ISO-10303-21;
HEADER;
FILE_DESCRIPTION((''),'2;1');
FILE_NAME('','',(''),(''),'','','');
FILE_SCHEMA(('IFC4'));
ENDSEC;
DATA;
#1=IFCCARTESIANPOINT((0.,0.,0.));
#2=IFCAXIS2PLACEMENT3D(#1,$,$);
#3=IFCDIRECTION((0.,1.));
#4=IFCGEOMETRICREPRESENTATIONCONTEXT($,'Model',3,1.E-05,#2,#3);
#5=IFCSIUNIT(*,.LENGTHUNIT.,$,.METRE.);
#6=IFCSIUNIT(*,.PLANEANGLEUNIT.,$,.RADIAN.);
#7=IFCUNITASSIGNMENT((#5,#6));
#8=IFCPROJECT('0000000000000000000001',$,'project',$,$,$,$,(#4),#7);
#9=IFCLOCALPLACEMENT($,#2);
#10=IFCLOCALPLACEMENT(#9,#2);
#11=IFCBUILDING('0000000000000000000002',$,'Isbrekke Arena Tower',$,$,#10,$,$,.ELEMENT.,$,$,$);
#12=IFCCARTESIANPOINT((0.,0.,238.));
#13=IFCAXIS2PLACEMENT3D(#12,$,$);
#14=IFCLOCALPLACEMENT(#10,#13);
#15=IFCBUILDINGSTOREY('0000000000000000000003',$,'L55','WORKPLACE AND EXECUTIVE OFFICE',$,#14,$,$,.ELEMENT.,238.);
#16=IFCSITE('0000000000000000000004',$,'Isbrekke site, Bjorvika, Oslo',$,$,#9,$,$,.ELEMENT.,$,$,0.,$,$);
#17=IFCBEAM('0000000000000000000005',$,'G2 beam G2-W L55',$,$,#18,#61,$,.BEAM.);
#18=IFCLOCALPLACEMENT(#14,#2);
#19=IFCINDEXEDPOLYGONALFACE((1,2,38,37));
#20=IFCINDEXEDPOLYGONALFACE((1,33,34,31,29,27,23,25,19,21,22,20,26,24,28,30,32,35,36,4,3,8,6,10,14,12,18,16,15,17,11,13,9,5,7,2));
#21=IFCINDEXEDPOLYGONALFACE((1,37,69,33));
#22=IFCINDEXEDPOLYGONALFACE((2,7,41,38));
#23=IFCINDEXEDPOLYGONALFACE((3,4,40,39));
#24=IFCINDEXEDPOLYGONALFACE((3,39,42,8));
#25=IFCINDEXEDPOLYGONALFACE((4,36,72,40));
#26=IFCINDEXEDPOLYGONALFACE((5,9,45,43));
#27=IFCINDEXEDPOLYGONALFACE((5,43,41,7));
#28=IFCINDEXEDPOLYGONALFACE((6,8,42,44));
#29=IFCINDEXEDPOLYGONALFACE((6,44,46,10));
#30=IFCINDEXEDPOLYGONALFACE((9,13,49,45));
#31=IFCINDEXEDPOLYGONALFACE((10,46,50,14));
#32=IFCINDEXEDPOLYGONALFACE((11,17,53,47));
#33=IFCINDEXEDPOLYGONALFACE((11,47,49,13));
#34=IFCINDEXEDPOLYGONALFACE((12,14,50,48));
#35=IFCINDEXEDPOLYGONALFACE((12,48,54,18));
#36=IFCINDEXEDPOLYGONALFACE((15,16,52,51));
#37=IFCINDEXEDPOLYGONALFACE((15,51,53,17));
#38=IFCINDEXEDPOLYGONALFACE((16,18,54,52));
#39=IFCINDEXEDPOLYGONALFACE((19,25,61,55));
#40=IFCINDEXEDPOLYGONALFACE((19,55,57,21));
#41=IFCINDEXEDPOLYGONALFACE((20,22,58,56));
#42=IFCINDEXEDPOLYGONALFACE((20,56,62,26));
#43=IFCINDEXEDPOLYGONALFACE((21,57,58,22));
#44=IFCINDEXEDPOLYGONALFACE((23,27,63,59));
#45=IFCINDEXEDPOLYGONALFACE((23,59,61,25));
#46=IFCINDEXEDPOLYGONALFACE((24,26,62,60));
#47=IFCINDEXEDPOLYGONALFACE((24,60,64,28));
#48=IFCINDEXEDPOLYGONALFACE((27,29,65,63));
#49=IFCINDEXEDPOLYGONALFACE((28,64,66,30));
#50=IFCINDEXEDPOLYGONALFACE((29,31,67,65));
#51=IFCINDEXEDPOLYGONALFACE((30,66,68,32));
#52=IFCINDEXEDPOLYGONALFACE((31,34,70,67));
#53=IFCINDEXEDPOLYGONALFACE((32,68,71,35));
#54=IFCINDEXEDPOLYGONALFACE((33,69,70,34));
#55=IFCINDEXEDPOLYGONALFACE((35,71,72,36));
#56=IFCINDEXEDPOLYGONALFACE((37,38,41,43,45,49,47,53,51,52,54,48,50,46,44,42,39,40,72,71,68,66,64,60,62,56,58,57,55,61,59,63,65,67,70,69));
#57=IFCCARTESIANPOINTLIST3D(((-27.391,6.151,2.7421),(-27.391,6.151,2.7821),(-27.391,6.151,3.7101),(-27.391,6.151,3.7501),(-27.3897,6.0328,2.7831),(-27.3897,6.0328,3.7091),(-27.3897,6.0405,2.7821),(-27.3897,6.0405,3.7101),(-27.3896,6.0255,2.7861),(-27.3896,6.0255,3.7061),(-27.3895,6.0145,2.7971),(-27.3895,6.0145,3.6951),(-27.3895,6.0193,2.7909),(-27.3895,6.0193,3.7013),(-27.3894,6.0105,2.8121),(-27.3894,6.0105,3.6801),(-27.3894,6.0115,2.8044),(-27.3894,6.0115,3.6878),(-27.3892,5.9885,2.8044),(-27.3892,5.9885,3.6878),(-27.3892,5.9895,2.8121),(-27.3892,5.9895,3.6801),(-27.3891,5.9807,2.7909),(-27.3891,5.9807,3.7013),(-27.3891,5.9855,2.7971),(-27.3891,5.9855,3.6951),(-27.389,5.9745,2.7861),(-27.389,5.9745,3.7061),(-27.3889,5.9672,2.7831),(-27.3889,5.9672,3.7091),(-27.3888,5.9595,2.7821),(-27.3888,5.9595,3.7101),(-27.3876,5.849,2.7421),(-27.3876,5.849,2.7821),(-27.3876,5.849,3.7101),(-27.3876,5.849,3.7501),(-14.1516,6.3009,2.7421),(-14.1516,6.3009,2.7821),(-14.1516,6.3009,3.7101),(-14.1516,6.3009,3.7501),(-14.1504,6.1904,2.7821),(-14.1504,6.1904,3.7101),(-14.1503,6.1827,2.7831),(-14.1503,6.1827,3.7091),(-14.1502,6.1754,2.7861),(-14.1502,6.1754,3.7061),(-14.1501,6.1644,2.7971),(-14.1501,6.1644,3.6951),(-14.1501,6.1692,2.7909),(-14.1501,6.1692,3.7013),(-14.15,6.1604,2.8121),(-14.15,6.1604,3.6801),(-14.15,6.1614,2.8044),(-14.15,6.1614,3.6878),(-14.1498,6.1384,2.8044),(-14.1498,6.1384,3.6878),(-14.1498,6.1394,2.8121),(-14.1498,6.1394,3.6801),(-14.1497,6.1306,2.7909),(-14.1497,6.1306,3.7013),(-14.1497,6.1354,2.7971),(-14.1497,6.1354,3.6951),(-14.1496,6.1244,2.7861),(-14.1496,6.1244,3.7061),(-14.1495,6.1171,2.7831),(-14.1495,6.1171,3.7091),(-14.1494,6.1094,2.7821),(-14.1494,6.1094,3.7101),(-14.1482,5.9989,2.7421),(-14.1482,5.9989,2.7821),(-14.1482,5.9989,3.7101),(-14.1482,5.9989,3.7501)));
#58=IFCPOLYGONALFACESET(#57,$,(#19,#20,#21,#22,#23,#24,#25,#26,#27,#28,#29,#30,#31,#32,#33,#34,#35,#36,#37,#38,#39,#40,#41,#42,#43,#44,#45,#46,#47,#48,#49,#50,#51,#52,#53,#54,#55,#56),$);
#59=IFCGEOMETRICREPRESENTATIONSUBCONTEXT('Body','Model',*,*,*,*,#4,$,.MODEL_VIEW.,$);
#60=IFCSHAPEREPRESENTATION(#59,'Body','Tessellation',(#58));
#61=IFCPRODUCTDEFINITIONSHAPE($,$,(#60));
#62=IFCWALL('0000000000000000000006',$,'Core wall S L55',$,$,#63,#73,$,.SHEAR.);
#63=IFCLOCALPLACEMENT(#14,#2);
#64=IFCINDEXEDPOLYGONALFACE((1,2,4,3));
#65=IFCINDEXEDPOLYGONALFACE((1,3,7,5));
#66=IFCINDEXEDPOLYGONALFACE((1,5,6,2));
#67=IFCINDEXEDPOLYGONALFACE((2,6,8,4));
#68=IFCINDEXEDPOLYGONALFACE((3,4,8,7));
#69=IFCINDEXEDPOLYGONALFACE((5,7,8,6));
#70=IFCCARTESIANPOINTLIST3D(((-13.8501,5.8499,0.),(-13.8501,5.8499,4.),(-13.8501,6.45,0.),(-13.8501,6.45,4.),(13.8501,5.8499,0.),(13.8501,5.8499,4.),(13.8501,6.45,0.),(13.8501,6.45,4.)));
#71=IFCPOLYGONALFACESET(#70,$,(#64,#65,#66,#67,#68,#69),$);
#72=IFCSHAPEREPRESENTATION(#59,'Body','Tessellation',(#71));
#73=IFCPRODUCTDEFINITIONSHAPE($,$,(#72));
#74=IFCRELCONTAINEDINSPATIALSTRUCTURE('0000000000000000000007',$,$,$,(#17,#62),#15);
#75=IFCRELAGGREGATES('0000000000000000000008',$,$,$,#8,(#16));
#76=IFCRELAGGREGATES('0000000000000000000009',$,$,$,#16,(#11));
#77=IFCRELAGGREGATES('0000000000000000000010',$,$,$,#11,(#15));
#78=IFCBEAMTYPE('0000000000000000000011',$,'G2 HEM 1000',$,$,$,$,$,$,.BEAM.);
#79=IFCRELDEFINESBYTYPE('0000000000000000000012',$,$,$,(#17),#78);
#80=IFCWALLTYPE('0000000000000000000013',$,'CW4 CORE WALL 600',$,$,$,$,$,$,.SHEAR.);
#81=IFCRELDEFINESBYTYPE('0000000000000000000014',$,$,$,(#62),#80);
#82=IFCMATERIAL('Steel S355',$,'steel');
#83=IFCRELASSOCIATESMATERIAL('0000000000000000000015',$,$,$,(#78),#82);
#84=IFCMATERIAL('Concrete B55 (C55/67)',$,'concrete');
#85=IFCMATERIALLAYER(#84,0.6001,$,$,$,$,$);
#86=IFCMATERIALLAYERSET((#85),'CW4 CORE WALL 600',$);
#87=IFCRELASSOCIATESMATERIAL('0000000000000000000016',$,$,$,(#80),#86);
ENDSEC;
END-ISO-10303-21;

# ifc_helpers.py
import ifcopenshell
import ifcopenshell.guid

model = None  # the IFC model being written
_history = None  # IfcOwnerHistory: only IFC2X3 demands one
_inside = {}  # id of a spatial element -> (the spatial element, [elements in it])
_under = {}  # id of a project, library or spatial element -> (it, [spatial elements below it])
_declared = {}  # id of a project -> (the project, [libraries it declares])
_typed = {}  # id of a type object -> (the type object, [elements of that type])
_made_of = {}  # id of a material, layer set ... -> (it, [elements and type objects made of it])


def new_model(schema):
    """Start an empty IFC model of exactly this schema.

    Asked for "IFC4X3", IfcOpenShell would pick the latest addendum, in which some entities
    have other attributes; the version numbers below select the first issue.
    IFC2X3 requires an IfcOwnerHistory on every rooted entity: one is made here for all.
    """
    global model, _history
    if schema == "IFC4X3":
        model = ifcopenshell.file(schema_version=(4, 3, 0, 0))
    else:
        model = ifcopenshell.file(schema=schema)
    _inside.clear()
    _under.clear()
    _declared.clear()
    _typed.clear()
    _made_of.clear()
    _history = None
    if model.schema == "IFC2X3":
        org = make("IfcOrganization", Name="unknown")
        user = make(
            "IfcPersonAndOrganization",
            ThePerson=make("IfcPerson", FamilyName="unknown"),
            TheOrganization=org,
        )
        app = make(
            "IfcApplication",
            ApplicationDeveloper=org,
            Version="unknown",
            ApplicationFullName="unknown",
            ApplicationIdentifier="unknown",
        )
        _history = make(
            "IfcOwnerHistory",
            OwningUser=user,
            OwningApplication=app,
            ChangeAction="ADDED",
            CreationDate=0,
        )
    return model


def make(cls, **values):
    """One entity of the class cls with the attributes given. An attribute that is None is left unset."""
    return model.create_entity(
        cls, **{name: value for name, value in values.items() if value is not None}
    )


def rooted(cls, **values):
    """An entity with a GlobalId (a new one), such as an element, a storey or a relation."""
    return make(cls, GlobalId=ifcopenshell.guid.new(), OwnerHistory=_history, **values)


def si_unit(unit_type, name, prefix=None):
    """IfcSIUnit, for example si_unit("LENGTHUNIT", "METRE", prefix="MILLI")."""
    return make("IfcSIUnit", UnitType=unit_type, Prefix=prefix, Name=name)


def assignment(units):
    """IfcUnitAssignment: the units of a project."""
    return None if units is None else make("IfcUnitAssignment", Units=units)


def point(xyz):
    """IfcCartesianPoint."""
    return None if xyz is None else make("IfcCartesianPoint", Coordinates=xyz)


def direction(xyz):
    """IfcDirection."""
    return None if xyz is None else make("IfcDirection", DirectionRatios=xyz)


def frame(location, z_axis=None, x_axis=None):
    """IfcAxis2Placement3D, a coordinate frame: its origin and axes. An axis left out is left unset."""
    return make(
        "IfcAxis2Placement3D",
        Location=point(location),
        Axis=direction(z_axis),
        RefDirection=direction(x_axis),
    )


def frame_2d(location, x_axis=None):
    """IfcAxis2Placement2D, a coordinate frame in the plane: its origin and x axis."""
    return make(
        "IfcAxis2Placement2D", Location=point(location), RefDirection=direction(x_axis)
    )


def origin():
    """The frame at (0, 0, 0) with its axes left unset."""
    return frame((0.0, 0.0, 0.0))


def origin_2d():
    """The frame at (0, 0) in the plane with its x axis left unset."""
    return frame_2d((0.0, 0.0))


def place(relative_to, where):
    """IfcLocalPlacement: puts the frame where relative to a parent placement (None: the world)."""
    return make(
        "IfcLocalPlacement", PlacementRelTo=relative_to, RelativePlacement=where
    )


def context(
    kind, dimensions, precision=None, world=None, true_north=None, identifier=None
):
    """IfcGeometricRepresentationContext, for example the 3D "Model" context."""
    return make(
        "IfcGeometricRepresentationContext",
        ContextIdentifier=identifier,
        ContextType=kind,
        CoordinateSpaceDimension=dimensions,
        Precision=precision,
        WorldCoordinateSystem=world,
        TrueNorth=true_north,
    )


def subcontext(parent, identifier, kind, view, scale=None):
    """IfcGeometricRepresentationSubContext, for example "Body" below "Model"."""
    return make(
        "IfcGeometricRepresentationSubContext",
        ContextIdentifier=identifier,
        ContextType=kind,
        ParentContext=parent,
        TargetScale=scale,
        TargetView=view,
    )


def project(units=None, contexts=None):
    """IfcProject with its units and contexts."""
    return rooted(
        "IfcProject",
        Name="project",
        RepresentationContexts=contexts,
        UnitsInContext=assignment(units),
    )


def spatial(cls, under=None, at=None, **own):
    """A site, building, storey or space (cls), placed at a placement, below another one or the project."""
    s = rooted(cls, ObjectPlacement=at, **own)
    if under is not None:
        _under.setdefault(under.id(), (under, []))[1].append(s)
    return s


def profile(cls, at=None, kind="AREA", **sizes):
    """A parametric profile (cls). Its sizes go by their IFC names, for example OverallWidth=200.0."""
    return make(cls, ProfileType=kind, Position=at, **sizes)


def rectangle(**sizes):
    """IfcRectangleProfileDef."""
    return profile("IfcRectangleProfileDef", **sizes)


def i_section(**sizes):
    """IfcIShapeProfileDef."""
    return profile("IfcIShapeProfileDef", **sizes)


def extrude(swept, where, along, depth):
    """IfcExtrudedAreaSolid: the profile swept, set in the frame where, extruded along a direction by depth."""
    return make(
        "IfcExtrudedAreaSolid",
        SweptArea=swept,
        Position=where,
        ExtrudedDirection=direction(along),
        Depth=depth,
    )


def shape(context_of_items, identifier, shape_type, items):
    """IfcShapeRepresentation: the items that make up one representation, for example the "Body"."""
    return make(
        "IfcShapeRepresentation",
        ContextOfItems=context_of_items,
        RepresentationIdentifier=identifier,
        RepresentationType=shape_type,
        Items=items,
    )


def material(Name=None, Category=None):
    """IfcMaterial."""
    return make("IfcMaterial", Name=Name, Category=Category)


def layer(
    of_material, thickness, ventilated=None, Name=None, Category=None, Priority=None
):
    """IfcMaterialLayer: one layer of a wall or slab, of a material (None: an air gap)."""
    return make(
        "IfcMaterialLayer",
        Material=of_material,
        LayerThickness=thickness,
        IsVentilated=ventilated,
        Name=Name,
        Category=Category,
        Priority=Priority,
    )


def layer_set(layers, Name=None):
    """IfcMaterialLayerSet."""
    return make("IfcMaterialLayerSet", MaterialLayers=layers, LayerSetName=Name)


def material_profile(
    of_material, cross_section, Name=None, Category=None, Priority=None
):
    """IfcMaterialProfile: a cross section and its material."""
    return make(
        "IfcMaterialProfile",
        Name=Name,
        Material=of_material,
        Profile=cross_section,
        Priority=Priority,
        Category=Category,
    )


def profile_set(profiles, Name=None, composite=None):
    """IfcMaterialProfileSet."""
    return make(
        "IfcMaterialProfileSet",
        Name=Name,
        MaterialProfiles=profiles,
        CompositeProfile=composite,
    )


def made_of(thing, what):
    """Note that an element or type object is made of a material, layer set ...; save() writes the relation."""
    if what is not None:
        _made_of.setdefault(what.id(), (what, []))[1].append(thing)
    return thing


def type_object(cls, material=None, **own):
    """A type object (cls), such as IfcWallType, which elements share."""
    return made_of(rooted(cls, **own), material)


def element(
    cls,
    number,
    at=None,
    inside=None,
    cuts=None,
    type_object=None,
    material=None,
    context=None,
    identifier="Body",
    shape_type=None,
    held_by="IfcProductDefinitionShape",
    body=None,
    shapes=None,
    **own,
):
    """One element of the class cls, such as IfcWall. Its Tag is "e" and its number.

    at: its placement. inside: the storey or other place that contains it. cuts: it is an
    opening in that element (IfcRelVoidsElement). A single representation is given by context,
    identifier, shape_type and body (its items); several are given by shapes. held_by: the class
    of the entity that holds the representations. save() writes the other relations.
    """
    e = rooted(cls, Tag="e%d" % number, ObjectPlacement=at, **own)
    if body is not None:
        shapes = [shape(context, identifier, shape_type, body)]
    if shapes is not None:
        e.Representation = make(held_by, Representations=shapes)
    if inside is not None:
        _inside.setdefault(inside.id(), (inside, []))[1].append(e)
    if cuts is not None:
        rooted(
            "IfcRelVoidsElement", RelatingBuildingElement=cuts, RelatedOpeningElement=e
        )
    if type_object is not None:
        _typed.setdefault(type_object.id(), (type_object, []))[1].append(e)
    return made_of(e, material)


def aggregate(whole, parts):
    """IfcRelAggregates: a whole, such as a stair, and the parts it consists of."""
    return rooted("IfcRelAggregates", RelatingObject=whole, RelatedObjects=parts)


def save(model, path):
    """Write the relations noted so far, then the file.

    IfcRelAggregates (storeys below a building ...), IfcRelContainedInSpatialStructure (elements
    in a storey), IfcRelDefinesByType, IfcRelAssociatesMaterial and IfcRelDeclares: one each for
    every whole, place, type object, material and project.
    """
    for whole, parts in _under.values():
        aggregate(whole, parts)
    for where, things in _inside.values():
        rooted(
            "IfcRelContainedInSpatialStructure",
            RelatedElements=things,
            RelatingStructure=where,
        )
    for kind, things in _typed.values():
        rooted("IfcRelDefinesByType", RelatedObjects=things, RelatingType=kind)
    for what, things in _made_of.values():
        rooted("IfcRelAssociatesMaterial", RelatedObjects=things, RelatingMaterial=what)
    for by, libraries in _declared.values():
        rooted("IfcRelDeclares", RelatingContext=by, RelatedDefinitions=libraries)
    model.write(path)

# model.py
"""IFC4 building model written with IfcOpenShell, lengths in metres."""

from ifc_helpers import new_model, si_unit, direction, frame, frame_2d, origin, origin_2d, place, context, subcontext, project, spatial, rectangle, i_section, extrude, material, layer, layer_set, material_profile, profile_set, type_object, element, save


model = new_model("IFC4")

# Units and contexts
model_context = context("Model", 3, precision=1e-05, world=origin(), true_north=direction((0.0, 1.0)))
body_context = subcontext(model_context, "Body", "Model", "MODEL_VIEW")
ifc_project = project(units=[si_unit("LENGTHUNIT", "METRE"), si_unit("PLANEANGLEUNIT", "RADIAN")], contexts=[model_context])

# Site, building, storey
site_placement = place(None, origin())
site = spatial("IfcSite", under=ifc_project, at=site_placement, Name="Isbrekke site, Bjorvika, Oslo", CompositionType="ELEMENT", RefElevation=0.0)
building_placement = place(site_placement, origin())
building = spatial("IfcBuilding", under=site, at=building_placement, Name="Isbrekke Arena Tower", CompositionType="ELEMENT")
storey_placement = place(building_placement, frame((0.0, 0.0, 238.0)))
storey = spatial("IfcBuildingStorey", under=building, at=storey_placement, Name="L55", Description="WORKPLACE AND EXECUTIVE OFFICE", CompositionType="ELEMENT", Elevation=238.0)

# Beam
ifc_material_1 = material(Name="Steel S355", Category="steel")
ifc_material_profile = material_profile(ifc_material_1, i_section(OverallWidth=0.302, OverallDepth=1.0081, WebThickness=0.021, FlangeThickness=0.04, FilletRadius=0.03, at=origin_2d()), Name="HEM 1000")
ifc_profile_set = profile_set([ifc_material_profile], Name="Steel S355")
beam_type = type_object("IfcBeamType", Name="G2 HEM 1000", PredefinedType="BEAM", material=ifc_profile_set)
beam_placement = place(storey_placement, frame((-14.1499, 6.1499, 3.2461), z_axis=(-0.999936, -0.011322, 0.0), x_axis=(0.011322, -0.999936, 0.0)))
element("IfcBeam", 1, at=beam_placement, inside=storey, type_object=beam_type, Name="G2 beam G2-W L55", PredefinedType="BEAM", context=body_context, shape_type="SweptSolid", body=[
    extrude(i_section(OverallWidth=0.302, OverallDepth=1.0081, WebThickness=0.021, FlangeThickness=0.04, FilletRadius=0.03, at=origin_2d()), origin(), (0.0, 0.0, 1.0), 13.2402),
])

# Wall
ifc_material_2 = material(Name="Concrete B55 (C55/67)", Category="concrete")
ifc_layer_1 = layer(ifc_material_2, 0.6001)
ifc_layer_set_1 = layer_set([ifc_layer_1], Name="CW4 CORE WALL 600")
wall_type_1 = type_object("IfcWallType", Name="CW4 CORE WALL 600", PredefinedType="SHEAR", material=ifc_layer_set_1)
wall_1_placement = place(storey_placement, frame((-13.8501, 6.1499, 0.0), z_axis=(0.0, 0.0, 1.0), x_axis=(1.0, 0.0, 0.0)))
element("IfcWall", 2, at=wall_1_placement, inside=storey, type_object=wall_type_1, Name="Core wall S L55", PredefinedType="SHEAR", context=body_context, shape_type="SweptSolid", body=[
    extrude(rectangle(XDim=27.7002, YDim=0.6001, at=frame_2d((13.8501, 0.0))), origin(), (0.0, 0.0, 1.0), 4.0),
])

save(model, "model.ifc")
